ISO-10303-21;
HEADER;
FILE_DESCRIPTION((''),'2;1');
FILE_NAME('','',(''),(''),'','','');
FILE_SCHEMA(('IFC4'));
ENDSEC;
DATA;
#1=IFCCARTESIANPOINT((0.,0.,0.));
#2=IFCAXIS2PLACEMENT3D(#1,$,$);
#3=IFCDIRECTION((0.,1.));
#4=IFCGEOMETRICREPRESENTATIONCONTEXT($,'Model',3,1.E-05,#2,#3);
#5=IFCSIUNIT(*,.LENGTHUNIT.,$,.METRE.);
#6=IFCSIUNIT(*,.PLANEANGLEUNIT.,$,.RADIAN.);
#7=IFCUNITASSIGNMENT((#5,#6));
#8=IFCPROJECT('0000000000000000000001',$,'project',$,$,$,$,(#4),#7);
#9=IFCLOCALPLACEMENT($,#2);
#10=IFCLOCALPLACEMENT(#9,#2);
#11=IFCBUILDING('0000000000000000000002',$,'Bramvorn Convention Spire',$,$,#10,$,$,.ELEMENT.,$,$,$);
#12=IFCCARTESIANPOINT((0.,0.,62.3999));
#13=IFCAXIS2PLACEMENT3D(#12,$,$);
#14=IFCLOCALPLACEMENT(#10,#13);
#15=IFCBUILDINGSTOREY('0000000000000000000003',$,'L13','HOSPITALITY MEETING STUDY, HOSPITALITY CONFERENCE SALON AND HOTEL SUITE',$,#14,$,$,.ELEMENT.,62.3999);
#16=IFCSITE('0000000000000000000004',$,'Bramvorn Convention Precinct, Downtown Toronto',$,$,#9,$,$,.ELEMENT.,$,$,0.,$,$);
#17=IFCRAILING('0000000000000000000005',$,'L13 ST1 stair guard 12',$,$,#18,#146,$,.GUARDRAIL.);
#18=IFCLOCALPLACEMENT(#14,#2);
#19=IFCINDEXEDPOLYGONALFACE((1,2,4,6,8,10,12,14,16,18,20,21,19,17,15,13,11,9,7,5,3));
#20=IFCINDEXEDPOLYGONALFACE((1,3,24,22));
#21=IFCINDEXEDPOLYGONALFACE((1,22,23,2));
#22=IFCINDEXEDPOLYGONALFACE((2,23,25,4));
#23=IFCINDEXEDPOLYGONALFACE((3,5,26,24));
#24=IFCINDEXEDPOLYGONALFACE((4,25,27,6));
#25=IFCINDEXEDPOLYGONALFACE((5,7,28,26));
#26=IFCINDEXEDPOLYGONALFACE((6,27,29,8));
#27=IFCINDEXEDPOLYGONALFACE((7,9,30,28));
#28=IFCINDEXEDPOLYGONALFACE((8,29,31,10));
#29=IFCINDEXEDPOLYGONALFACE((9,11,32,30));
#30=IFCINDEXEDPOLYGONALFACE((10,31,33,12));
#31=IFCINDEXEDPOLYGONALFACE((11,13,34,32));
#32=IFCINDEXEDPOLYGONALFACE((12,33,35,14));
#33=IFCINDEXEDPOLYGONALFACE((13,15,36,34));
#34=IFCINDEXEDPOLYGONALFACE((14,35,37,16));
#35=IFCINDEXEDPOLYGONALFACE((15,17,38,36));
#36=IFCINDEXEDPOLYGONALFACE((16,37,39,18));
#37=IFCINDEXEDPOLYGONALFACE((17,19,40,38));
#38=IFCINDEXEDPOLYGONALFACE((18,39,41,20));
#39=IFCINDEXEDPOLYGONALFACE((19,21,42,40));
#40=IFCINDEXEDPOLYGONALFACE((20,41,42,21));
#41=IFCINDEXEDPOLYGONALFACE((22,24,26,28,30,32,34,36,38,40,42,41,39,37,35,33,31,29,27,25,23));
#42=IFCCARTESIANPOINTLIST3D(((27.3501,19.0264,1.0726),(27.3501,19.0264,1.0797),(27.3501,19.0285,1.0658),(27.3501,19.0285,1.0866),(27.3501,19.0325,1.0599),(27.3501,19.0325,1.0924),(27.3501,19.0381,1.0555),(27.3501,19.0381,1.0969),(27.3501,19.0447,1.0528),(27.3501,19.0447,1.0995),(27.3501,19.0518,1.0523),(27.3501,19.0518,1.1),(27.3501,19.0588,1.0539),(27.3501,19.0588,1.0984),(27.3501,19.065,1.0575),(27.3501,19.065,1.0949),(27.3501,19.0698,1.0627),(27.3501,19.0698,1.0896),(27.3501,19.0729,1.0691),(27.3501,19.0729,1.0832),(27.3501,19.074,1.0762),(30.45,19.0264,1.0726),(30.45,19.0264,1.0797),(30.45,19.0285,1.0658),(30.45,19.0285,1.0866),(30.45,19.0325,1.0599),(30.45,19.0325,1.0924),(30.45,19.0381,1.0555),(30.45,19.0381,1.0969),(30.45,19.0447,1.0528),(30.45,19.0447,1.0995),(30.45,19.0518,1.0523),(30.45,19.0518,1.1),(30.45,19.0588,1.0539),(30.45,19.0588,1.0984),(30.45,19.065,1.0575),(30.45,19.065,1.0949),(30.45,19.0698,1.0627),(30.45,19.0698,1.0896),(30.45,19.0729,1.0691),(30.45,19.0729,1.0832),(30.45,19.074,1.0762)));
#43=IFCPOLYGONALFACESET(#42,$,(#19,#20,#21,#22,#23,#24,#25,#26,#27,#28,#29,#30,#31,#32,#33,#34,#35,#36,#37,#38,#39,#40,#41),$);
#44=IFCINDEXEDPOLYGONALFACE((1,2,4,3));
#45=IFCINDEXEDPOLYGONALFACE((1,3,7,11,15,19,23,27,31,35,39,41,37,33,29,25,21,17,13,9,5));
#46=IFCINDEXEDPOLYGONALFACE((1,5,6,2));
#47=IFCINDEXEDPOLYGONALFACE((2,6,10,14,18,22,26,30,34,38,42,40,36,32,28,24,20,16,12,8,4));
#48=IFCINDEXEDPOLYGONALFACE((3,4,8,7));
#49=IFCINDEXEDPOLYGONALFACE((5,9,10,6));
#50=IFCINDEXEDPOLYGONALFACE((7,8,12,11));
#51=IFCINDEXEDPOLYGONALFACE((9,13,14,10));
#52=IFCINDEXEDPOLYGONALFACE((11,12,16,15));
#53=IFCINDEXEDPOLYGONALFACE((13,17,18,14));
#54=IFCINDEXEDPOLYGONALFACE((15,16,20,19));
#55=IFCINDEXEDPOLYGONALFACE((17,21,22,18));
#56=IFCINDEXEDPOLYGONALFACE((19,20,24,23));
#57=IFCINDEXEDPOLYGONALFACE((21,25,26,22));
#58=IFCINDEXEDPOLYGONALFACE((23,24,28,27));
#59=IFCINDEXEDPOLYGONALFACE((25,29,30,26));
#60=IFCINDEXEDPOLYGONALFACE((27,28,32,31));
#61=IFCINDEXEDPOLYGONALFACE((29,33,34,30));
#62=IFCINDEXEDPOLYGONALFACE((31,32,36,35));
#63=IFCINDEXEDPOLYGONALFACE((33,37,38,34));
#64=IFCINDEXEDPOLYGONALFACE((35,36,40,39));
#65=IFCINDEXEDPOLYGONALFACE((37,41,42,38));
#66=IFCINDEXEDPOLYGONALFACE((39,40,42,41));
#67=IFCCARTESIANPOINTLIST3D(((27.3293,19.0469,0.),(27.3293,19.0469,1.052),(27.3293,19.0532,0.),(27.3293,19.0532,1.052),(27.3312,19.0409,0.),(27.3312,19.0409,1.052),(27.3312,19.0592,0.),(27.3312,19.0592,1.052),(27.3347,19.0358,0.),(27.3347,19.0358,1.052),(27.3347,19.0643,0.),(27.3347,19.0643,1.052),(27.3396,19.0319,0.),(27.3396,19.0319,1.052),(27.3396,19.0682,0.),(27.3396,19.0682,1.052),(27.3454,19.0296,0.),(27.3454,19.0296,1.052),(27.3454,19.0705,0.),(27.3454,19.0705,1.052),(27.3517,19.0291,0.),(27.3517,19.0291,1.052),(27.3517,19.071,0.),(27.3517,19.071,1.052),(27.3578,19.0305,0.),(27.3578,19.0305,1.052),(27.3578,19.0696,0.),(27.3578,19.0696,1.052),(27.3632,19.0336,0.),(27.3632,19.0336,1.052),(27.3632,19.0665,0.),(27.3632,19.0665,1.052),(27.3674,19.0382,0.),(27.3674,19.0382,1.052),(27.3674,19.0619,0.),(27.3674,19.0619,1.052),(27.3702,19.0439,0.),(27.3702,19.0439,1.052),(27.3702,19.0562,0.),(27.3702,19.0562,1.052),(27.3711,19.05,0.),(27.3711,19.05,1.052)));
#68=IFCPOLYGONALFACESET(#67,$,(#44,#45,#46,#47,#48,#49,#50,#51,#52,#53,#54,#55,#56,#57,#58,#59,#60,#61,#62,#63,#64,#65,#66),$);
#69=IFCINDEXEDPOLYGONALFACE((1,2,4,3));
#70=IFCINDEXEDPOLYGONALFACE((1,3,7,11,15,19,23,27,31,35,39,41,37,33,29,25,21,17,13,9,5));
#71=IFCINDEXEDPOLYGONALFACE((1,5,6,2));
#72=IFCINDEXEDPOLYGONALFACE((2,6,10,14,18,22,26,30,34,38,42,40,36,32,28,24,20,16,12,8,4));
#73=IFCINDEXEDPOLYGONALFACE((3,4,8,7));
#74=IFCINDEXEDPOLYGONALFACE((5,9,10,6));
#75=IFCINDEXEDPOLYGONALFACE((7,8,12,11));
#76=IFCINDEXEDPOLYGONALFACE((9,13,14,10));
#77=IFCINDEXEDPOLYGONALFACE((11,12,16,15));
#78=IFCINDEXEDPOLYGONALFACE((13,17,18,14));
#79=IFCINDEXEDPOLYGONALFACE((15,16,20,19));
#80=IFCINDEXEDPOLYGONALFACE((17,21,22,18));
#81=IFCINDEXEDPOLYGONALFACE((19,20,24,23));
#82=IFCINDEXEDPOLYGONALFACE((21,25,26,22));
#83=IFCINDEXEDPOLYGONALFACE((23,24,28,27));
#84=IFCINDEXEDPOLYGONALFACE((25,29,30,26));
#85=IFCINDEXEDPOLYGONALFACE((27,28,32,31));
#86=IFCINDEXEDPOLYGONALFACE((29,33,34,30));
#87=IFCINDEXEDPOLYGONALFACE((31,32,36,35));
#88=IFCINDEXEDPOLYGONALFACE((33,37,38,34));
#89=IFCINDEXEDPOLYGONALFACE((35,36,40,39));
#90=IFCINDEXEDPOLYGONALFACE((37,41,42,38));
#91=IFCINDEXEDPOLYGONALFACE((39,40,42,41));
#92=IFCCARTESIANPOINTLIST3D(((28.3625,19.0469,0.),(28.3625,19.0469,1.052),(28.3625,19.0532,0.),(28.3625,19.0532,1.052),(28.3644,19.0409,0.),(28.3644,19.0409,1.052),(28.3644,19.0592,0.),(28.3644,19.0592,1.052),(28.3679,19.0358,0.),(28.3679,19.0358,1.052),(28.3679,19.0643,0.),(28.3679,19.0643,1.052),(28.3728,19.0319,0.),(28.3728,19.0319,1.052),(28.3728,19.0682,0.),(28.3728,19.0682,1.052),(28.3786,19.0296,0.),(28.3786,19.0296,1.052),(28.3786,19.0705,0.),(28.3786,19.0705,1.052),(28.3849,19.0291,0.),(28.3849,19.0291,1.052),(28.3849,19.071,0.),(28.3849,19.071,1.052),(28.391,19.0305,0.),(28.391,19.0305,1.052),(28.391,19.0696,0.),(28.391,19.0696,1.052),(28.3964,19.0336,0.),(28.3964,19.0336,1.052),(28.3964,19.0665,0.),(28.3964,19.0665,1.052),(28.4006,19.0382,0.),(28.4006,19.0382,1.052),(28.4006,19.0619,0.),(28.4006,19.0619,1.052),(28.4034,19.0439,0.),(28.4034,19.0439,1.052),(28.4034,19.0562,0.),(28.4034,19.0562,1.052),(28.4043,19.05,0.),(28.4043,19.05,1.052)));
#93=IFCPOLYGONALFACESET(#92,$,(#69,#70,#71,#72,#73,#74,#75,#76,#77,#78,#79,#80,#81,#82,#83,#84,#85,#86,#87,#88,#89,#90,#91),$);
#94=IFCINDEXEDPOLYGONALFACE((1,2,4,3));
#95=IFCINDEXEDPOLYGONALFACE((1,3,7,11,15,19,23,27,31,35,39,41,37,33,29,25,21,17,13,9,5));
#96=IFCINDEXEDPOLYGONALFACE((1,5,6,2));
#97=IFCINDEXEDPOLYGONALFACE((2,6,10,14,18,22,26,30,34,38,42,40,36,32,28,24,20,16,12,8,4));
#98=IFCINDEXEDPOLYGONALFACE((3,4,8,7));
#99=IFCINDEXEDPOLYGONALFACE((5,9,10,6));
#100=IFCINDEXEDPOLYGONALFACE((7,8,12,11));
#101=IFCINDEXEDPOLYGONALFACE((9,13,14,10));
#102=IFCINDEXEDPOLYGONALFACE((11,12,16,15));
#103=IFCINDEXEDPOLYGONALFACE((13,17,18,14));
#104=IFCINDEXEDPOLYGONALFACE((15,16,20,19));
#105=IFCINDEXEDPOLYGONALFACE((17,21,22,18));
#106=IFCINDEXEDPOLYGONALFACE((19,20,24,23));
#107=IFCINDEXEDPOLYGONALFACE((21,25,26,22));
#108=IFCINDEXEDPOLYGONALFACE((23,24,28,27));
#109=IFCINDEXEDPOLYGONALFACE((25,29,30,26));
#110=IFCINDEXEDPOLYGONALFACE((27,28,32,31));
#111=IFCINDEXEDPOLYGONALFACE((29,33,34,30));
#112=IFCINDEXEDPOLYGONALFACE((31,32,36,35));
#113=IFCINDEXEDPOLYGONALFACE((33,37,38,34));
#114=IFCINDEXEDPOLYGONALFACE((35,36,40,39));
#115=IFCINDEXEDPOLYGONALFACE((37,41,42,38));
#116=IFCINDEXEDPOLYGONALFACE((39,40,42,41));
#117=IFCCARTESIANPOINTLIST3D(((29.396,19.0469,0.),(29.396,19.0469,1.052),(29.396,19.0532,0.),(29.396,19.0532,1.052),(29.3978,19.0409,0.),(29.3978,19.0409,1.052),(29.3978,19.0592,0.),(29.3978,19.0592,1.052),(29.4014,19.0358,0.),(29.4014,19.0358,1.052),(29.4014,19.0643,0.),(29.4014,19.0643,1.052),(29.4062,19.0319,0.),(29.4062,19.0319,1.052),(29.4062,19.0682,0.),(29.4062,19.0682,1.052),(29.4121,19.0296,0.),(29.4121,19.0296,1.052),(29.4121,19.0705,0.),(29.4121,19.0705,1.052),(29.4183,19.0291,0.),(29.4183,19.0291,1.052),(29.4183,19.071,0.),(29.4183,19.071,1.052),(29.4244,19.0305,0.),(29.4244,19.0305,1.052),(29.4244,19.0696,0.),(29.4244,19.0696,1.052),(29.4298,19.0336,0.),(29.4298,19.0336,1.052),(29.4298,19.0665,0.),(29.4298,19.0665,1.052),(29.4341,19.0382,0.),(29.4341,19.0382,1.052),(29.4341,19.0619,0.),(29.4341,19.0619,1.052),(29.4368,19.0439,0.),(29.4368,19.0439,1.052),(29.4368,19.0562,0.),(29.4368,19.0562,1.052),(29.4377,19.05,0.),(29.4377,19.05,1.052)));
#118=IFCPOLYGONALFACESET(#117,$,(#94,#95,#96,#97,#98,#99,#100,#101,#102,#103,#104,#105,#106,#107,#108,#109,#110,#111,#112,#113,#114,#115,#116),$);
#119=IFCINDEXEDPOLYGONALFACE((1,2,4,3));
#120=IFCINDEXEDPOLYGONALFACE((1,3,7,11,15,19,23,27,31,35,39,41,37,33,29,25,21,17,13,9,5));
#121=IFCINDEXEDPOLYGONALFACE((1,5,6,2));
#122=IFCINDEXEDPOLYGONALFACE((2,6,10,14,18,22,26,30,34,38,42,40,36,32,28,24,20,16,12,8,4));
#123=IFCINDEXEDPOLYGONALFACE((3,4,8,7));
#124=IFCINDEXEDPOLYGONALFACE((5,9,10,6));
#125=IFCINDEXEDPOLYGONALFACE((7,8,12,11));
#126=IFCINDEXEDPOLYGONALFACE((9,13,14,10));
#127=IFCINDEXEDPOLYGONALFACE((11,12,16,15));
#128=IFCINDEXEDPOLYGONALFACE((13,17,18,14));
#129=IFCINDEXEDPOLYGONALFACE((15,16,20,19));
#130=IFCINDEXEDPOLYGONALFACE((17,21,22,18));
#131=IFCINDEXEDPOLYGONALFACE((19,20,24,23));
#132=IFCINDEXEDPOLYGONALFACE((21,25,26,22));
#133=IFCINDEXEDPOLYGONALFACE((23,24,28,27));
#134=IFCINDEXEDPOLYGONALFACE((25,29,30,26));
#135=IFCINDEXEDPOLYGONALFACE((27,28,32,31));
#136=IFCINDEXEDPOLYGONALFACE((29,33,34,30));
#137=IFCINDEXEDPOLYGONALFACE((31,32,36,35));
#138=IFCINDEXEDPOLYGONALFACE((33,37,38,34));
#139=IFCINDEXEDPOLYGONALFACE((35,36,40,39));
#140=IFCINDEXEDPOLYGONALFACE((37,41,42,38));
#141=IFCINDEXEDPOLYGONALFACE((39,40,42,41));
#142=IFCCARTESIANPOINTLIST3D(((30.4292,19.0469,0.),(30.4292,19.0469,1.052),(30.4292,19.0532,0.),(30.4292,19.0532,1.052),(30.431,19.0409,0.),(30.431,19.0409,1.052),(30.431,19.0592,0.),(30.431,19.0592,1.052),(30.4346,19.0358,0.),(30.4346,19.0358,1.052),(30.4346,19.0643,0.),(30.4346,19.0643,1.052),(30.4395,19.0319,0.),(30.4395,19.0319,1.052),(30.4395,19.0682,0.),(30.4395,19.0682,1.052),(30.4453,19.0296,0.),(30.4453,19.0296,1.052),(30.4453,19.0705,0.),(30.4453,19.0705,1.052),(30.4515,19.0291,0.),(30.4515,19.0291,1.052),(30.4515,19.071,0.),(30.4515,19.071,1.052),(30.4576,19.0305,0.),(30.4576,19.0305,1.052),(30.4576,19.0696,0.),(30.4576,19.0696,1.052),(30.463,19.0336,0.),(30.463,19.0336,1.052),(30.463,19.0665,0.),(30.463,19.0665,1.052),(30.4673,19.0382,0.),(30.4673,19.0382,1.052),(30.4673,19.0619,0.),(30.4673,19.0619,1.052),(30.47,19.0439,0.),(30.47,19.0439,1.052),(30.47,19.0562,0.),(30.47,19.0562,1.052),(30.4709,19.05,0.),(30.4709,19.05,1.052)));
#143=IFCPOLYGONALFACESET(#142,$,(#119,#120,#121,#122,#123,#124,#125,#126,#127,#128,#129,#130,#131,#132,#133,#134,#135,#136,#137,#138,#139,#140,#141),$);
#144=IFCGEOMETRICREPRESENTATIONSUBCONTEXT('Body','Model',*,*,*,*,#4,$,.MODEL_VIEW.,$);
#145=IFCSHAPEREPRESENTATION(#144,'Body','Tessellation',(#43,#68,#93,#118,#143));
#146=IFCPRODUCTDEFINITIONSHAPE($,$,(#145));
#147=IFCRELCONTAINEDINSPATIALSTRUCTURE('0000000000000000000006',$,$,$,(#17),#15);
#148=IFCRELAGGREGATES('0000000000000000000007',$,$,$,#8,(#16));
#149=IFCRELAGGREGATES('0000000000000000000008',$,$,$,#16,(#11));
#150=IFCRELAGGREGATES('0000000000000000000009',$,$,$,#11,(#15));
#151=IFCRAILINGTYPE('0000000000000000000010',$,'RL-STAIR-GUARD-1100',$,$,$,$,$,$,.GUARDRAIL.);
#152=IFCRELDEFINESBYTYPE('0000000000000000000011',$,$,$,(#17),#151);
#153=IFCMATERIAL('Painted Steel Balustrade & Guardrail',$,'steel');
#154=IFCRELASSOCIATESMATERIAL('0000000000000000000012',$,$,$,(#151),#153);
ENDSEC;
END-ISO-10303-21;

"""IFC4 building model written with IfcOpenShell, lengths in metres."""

from ifc_helpers import new_model, si_unit, direction, frame, origin, origin_2d, place, context, subcontext, project, spatial, circle, extrude, material, type_object, element, save


model = new_model("IFC4")

# Units and contexts
model_context = context("Model", 3, precision=1e-05, world=origin(), true_north=direction((0.0, 1.0)))
body_context = subcontext(model_context, "Body", "Model", "MODEL_VIEW")
ifc_project = project(units=[si_unit("LENGTHUNIT", "METRE"), si_unit("PLANEANGLEUNIT", "RADIAN")], contexts=[model_context])

# Site, building, storey
site_placement = place(None, origin())
site = spatial("IfcSite", under=ifc_project, at=site_placement, Name="Bramvorn Convention Precinct, Downtown Toronto", CompositionType="ELEMENT", RefElevation=0.0)
building_placement = place(site_placement, origin())
building = spatial("IfcBuilding", under=site, at=building_placement, Name="Bramvorn Convention Spire", CompositionType="ELEMENT")
storey_placement = place(building_placement, frame((0.0, 0.0, 62.3999)))
storey = spatial("IfcBuildingStorey", under=building, at=storey_placement, Name="L13", Description="HOSPITALITY MEETING STUDY, HOSPITALITY CONFERENCE SALON AND HOTEL SUITE", CompositionType="ELEMENT", Elevation=62.3999)

# Railing
ifc_material_1 = material(Name="Painted Steel Balustrade & Guardrail", Category="steel")
railing_type = type_object("IfcRailingType", Name="RL-STAIR-GUARD-1100", PredefinedType="GUARDRAIL", material=ifc_material_1)
railing_1_placement = place(storey_placement, frame((27.3501, 19.05, 0.0)))
element("IfcRailing", 1, at=railing_1_placement, inside=storey, type_object=railing_type, Name="L13 ST1 stair guard 12", PredefinedType="GUARDRAIL", context=body_context, shape_type="SweptSolid", body=[
    extrude(circle(Radius=0.0239, at=origin_2d()), frame((0.0, 0.0, 1.0762), z_axis=(1.0, 0.0, 0.0), x_axis=(0.0, 1.0, 0.0)), (0.0, 0.0, 1.0), 3.0999),
    extrude(circle(Radius=0.021, at=origin_2d()), origin(), (0.0, 0.0, 1.0), 1.052),
    extrude(circle(Radius=0.021, at=origin_2d()), frame((1.0332, 0.0, 0.0)), (0.0, 0.0, 1.0), 1.052),
    extrude(circle(Radius=0.021, at=origin_2d()), frame((2.0667, 0.0, 0.0)), (0.0, 0.0, 1.0), 1.052),
    extrude(circle(Radius=0.021, at=origin_2d()), frame((3.0999, 0.0, 0.0)), (0.0, 0.0, 1.0), 1.052),
])

save(model, "model.ifc")
